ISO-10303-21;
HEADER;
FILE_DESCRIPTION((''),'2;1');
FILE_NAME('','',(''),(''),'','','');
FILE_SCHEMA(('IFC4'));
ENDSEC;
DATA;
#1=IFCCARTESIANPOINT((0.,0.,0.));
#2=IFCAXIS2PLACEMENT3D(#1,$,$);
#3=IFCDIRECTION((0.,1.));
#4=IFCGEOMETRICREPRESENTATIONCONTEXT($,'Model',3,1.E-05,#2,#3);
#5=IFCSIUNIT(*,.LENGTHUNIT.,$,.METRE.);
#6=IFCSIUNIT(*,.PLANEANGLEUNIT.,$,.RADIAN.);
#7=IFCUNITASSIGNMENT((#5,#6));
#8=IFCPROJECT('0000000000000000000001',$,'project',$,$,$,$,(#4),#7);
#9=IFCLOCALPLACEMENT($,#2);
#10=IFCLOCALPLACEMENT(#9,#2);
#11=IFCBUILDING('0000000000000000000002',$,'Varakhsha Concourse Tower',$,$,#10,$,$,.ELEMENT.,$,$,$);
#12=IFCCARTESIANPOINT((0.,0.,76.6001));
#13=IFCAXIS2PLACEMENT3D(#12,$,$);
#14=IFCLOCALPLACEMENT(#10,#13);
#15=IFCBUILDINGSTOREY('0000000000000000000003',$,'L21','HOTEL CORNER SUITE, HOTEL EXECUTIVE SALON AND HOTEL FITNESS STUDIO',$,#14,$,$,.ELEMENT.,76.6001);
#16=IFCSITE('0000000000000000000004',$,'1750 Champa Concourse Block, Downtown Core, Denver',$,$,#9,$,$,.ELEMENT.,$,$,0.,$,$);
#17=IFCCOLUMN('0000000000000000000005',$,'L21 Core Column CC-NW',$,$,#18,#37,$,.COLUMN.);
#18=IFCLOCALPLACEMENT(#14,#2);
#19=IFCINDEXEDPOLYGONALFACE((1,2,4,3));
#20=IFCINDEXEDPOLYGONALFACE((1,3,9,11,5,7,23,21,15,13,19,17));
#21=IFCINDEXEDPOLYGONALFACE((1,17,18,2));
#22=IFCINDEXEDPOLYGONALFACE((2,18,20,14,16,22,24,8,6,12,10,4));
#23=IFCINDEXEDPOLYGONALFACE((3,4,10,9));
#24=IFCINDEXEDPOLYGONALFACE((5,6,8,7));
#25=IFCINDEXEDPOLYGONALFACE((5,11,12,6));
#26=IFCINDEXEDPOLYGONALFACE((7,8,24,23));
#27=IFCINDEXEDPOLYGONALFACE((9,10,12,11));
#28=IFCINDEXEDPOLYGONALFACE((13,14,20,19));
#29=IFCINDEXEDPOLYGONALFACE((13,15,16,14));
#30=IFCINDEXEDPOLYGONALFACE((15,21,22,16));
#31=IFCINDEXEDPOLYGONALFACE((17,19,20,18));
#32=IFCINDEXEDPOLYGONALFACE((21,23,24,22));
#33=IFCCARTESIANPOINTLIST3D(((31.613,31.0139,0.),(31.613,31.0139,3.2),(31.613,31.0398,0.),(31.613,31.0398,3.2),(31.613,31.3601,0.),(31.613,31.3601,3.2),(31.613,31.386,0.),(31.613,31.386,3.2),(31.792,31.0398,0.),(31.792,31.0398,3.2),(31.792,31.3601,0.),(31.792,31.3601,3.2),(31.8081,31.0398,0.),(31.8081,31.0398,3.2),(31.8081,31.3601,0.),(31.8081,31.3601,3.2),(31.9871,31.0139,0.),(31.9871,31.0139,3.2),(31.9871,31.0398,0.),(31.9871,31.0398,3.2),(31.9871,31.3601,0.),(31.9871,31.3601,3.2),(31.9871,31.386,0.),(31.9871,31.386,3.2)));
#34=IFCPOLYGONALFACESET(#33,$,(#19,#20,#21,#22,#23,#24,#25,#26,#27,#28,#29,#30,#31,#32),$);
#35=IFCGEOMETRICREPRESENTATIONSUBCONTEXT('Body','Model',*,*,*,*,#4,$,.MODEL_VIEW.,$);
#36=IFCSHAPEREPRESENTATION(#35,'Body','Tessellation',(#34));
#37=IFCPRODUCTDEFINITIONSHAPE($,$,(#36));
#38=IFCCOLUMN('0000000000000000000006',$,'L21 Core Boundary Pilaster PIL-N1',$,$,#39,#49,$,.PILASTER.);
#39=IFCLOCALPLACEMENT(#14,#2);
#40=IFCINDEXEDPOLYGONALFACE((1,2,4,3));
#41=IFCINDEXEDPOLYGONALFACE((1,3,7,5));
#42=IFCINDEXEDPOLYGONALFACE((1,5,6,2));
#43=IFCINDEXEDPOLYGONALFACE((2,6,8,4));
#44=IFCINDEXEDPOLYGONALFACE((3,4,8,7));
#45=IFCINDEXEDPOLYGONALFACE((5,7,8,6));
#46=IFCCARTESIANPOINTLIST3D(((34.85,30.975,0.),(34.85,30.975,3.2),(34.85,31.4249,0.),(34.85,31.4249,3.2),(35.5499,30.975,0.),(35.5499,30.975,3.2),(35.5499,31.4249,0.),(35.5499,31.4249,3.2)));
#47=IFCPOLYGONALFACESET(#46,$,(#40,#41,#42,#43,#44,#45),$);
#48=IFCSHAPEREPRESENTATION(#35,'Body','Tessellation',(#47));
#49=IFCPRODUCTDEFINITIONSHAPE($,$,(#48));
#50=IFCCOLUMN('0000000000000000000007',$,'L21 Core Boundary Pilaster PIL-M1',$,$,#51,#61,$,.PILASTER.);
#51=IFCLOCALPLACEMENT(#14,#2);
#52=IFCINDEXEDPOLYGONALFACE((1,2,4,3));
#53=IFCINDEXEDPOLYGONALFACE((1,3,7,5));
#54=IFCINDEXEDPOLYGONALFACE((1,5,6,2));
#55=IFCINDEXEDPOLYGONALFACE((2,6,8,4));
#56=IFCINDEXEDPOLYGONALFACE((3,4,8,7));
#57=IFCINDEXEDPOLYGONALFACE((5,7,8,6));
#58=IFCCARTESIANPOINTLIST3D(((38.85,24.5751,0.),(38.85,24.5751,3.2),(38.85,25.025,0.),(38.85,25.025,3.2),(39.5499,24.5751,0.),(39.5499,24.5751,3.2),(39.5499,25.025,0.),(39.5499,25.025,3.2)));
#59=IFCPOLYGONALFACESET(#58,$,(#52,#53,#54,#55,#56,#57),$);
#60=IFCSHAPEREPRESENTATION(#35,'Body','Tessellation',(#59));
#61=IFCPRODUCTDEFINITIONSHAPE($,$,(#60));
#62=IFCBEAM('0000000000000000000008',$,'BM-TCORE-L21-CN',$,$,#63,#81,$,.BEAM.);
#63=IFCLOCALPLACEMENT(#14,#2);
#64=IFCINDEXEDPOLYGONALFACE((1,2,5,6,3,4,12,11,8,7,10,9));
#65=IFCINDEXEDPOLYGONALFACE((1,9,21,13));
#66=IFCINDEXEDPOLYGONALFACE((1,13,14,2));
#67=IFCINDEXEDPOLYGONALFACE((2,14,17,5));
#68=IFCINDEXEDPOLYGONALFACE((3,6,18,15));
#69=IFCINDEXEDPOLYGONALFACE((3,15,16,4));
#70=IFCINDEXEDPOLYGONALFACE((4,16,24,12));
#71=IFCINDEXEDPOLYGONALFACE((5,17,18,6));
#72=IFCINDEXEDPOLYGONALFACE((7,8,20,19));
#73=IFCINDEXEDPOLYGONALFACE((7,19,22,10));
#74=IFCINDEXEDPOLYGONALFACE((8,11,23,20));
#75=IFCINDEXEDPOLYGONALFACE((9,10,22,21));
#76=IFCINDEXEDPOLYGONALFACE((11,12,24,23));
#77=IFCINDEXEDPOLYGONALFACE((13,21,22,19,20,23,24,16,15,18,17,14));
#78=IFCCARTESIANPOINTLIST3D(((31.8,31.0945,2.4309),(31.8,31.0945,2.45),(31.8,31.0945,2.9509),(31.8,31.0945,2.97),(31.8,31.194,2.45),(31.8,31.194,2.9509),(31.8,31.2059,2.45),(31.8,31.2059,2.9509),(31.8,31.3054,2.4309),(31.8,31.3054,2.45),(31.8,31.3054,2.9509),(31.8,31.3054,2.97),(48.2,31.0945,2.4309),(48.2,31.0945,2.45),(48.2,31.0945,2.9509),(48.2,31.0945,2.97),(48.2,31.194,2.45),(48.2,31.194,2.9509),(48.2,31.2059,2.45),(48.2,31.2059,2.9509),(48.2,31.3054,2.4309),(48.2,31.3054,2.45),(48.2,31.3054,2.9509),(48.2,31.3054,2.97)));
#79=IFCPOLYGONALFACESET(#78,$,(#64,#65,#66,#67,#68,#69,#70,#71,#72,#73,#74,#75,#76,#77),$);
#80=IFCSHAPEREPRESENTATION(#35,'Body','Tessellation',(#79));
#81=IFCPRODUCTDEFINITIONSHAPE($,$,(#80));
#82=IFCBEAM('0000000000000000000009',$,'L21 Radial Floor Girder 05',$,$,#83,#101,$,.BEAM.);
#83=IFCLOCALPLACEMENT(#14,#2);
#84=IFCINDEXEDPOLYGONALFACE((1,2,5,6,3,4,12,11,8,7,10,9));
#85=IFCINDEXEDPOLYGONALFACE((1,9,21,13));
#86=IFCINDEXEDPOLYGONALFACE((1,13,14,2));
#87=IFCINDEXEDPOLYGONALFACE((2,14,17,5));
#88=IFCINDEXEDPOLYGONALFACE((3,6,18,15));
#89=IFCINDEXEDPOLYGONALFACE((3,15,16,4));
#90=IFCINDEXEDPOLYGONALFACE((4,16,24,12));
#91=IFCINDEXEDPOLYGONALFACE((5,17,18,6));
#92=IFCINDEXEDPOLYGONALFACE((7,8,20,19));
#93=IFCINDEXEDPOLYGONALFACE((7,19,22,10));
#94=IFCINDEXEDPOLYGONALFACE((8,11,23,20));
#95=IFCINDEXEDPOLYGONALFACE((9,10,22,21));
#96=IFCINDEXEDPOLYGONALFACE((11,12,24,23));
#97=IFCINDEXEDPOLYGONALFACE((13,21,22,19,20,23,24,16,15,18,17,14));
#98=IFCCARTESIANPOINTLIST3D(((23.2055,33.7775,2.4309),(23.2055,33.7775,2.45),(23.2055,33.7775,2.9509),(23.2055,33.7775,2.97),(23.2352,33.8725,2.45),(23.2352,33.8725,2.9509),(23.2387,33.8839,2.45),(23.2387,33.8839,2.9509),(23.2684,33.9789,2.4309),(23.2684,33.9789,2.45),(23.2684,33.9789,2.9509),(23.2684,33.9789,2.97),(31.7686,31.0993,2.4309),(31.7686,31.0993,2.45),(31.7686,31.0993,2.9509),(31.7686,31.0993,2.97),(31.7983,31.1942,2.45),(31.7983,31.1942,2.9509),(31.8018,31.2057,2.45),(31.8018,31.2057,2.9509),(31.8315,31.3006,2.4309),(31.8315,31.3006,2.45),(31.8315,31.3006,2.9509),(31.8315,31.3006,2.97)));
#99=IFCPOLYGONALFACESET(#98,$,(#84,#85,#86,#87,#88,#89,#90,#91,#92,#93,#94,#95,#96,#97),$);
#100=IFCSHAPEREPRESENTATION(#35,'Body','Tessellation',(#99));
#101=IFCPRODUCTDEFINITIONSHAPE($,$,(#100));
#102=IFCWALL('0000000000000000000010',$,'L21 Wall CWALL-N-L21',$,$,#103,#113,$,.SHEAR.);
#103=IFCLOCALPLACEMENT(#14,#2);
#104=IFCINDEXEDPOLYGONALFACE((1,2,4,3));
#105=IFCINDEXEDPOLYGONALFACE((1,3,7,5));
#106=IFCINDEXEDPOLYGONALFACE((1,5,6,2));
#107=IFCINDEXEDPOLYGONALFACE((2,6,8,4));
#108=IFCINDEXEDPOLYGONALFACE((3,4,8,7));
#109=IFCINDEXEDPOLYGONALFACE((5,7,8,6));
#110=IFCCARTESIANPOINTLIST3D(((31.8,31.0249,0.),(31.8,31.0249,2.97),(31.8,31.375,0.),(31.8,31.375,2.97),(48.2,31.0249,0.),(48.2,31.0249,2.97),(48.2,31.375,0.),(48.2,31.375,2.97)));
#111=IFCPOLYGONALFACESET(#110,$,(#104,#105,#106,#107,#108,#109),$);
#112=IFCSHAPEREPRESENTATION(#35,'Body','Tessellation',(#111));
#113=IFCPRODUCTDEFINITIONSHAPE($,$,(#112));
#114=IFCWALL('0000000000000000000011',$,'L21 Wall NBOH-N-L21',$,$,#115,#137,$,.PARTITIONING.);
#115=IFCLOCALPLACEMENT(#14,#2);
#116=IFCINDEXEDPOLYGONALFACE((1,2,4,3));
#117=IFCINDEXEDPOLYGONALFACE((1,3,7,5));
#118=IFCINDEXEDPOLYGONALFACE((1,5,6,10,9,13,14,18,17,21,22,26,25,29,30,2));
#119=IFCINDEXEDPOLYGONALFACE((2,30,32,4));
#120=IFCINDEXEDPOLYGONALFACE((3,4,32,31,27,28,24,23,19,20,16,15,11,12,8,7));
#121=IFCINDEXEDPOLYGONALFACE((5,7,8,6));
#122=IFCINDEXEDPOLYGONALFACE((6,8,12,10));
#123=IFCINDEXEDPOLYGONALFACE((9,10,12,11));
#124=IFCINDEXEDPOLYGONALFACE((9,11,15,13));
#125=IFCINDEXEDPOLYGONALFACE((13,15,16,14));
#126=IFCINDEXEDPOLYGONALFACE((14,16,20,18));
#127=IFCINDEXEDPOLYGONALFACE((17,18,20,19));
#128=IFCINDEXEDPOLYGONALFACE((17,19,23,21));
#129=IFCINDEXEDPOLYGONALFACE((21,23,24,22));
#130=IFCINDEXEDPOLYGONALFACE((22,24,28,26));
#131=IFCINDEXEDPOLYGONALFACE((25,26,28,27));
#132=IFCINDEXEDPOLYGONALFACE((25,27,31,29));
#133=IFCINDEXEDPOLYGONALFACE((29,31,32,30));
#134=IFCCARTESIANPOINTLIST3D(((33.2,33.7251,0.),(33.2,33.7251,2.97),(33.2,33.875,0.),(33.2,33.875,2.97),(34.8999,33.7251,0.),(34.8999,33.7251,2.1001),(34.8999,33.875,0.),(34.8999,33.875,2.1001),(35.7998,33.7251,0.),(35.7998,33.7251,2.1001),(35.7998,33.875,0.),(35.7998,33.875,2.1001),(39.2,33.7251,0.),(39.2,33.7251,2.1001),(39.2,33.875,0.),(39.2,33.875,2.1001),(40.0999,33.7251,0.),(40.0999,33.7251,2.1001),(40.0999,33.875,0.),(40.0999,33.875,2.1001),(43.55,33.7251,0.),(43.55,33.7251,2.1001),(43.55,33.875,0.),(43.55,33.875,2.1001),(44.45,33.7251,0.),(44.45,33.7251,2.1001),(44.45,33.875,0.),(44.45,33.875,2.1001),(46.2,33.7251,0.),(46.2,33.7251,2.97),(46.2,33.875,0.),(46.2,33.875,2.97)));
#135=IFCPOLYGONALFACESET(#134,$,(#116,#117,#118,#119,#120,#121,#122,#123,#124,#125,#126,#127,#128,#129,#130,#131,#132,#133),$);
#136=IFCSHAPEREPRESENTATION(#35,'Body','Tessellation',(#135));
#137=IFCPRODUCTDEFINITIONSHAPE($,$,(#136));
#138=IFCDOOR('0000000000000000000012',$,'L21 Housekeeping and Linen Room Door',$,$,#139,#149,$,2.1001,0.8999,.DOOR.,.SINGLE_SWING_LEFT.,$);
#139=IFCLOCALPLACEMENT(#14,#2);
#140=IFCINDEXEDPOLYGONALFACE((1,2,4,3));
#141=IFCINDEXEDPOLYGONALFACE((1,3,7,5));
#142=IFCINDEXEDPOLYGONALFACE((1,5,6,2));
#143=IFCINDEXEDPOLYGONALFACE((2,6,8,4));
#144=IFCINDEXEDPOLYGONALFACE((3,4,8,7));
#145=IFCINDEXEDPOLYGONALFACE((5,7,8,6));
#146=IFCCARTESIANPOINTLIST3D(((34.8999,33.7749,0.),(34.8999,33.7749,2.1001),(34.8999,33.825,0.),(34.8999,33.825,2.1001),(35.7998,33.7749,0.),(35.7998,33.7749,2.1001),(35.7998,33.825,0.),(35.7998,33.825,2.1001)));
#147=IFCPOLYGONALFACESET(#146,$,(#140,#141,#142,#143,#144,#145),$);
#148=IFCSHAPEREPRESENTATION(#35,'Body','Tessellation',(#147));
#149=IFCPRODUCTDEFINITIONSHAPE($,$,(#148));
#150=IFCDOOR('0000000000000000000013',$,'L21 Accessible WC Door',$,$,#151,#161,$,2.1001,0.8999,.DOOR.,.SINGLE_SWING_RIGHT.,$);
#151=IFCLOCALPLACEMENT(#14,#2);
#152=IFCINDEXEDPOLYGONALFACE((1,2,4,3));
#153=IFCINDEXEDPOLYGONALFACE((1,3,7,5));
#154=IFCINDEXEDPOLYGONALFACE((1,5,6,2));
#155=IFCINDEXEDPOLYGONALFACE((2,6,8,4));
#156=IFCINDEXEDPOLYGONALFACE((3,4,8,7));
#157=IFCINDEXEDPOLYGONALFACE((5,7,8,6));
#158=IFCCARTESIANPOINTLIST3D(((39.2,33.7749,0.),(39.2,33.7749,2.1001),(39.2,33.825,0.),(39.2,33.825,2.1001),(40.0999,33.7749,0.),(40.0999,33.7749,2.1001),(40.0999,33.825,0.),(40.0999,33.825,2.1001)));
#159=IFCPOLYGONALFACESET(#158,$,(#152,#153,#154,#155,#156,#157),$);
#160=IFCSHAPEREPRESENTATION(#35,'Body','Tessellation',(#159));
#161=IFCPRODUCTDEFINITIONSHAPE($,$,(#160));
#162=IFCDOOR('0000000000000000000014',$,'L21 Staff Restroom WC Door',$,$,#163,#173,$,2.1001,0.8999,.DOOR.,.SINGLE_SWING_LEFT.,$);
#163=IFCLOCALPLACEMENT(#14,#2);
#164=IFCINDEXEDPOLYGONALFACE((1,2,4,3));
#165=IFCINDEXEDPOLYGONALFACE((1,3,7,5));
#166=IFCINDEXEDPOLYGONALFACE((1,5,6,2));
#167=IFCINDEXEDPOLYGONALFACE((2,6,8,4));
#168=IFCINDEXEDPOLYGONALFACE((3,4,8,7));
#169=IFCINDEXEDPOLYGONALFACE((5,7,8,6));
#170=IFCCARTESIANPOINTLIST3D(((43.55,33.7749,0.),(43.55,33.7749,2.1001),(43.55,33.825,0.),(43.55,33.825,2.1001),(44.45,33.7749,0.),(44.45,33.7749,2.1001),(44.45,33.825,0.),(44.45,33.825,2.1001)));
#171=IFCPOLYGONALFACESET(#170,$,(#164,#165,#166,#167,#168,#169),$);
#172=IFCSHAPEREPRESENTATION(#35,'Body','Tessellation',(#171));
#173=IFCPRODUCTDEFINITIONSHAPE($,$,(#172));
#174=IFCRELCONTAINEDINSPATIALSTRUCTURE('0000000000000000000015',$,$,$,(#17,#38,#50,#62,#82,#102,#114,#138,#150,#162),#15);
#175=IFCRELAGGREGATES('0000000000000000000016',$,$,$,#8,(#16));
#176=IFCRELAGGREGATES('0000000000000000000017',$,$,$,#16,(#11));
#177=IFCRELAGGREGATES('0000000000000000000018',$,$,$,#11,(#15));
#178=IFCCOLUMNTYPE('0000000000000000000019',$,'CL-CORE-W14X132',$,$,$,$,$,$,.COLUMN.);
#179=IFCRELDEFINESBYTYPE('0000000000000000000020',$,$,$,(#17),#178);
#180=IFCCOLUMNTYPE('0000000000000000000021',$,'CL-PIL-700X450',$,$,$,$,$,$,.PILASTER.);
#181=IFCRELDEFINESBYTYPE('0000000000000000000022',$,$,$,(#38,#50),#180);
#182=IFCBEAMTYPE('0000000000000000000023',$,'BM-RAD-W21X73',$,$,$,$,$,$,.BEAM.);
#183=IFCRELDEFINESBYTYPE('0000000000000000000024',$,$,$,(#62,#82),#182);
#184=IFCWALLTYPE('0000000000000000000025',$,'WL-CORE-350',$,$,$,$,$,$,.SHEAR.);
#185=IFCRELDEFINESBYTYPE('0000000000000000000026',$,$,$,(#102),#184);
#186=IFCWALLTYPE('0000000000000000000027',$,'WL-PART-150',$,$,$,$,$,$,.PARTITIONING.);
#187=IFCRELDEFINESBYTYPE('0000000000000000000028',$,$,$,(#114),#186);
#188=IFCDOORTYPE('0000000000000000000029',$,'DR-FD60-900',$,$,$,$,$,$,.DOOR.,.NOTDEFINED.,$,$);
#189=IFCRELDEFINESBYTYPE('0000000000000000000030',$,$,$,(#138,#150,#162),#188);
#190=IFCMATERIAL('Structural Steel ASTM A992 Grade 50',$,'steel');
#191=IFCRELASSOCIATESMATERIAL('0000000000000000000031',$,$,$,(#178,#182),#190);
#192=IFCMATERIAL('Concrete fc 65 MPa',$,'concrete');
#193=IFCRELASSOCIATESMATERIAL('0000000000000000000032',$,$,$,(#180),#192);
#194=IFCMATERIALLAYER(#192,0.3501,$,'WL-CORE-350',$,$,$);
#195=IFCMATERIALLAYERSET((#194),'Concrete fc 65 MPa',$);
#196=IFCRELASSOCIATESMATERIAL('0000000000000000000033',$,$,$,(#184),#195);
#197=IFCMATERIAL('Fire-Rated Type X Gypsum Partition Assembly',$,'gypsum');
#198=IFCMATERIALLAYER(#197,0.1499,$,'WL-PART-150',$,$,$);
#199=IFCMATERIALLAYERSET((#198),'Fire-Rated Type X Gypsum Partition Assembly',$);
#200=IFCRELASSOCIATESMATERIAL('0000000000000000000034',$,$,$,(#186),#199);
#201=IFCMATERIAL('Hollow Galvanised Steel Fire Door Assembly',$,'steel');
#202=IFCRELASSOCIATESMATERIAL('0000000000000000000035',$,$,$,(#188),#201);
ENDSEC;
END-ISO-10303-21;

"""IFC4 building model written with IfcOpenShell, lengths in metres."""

from ifc_helpers import new_model, si_unit, direction, frame, frame_2d, origin, origin_2d, place, context, subcontext, project, spatial, rectangle, i_section, extrude, material, layer, layer_set, material_profile, profile_set, type_object, element, fill, save


model = new_model("IFC4")

# Units and contexts
model_context = context("Model", 3, precision=1e-05, world=origin(), true_north=direction((0.0, 1.0)))
body_context = subcontext(model_context, "Body", "Model", "MODEL_VIEW")
ifc_project = project(units=[si_unit("LENGTHUNIT", "METRE"), si_unit("PLANEANGLEUNIT", "RADIAN")], contexts=[model_context])

# Site, building, storey
site_placement = place(None, origin())
site = spatial("IfcSite", under=ifc_project, at=site_placement, Name="1750 Champa Concourse Block, Downtown Core, Denver", CompositionType="ELEMENT", RefElevation=0.0)
building_placement = place(site_placement, origin())
building = spatial("IfcBuilding", under=site, at=building_placement, Name="Varakhsha Concourse Tower", CompositionType="ELEMENT")
storey_placement = place(building_placement, frame((0.0, 0.0, 76.6001)))
storey = spatial("IfcBuildingStorey", under=building, at=storey_placement, Name="L21", Description="HOTEL CORNER SUITE, HOTEL EXECUTIVE SALON AND HOTEL FITNESS STUDIO", CompositionType="ELEMENT", Elevation=76.6001)

# Columns
ifc_material_1 = material(Name="Structural Steel ASTM A992 Grade 50", Category="steel")
ifc_material_profile_1 = material_profile(ifc_material_1, i_section(OverallWidth=0.374, OverallDepth=0.3721, WebThickness=0.0161, FlangeThickness=0.0259, at=origin_2d()), Name="W14X132")
ifc_profile_set_1 = profile_set([ifc_material_profile_1], Name="Structural Steel ASTM A992 Grade 50")
column_type_1 = type_object("IfcColumnType", Name="CL-CORE-W14X132", PredefinedType="COLUMN", material=ifc_profile_set_1)
column_placement = place(storey_placement, frame((31.8, 31.2, 0.0), z_axis=(0.0, 0.0, 1.0), x_axis=(1.0, 0.0, 0.0)))
element("IfcColumn", 1, at=column_placement, inside=storey, type_object=column_type_1, Name="L21 Core Column CC-NW", PredefinedType="COLUMN", context=body_context, shape_type="SweptSolid", body=[
    extrude(i_section(OverallWidth=0.374, OverallDepth=0.3721, WebThickness=0.0161, FlangeThickness=0.0259, at=origin_2d()), origin(), (0.0, 0.0, 1.0), 3.2),
])
ifc_material_2 = material(Name="Concrete fc 65 MPa", Category="concrete")
ifc_material_profile_2 = material_profile(ifc_material_2, rectangle(XDim=0.7, YDim=0.45, at=origin_2d()), Name="RC 700x450")
ifc_profile_set_2 = profile_set([ifc_material_profile_2], Name="Concrete fc 65 MPa")
column_type_2 = type_object("IfcColumnType", Name="CL-PIL-700X450", PredefinedType="PILASTER", material=ifc_profile_set_2)
for number, where, z_axis, x_axis, name in (
    (2, (35.2, 31.2, 0.0), (0.0, 0.0, 1.0), (1.0, 0.0, 0.0), "L21 Core Boundary Pilaster PIL-N1"),
    (3, (39.2, 24.8, 0.0), (0.0, 0.0, 1.0), (1.0, 0.0, 0.0), "L21 Core Boundary Pilaster PIL-M1"),
):
    element("IfcColumn", number, at=place(storey_placement, frame(where, z_axis=z_axis, x_axis=x_axis)), inside=storey, type_object=column_type_2, Name=name, PredefinedType="PILASTER", context=body_context, shape_type="SweptSolid", body=[
        extrude(rectangle(XDim=0.7, YDim=0.45, at=origin_2d()), origin(), (0.0, 0.0, 1.0), 3.2),
    ])

# Beams
ifc_material_profile_3 = material_profile(ifc_material_1, i_section(OverallWidth=0.2109, OverallDepth=0.5391, WebThickness=0.012, FlangeThickness=0.019, at=origin_2d()), Name="W21X73")
ifc_profile_set_3 = profile_set([ifc_material_profile_3], Name="Structural Steel ASTM A992 Grade 50")
beam_type = type_object("IfcBeamType", Name="BM-RAD-W21X73", PredefinedType="BEAM", material=ifc_profile_set_3)
beam_1_placement = place(storey_placement, frame((31.8, 31.2, 2.7004), z_axis=(1.0, 0.0, 0.0), x_axis=(0.0, 1.0, 0.0)))
element("IfcBeam", 4, at=beam_1_placement, inside=storey, type_object=beam_type, Name="BM-TCORE-L21-CN", PredefinedType="BEAM", context=body_context, shape_type="SweptSolid", body=[
    extrude(i_section(OverallWidth=0.2109, OverallDepth=0.5391, WebThickness=0.012, FlangeThickness=0.019, at=origin_2d()), origin(), (0.0, 0.0, 1.0), 16.3999),
])
beam_2_placement = place(storey_placement, frame((31.8, 31.2, 2.7004), z_axis=(-0.954407, 0.298507, 0.0), x_axis=(-0.298507, -0.954407, 0.0)))
element("IfcBeam", 5, at=beam_2_placement, inside=storey, type_object=beam_type, Name="L21 Radial Floor Girder 05", PredefinedType="BEAM", context=body_context, shape_type="SweptSolid", body=[
    extrude(i_section(OverallWidth=0.2109, OverallDepth=0.5391, WebThickness=0.012, FlangeThickness=0.019, at=origin_2d()), origin(), (0.0, 0.0, 1.0), 8.9722),
])

# Wall
ifc_layer_1 = layer(ifc_material_2, 0.3501, Name="WL-CORE-350")
ifc_layer_set_1 = layer_set([ifc_layer_1], Name="Concrete fc 65 MPa")
wall_type_1 = type_object("IfcWallType", Name="WL-CORE-350", PredefinedType="SHEAR", material=ifc_layer_set_1)
wall_1_placement = place(storey_placement, frame((31.8, 31.2, 0.0), z_axis=(0.0, 0.0, 1.0), x_axis=(1.0, 0.0, 0.0)))
element("IfcWall", 6, at=wall_1_placement, inside=storey, type_object=wall_type_1, Name="L21 Wall CWALL-N-L21", PredefinedType="SHEAR", context=body_context, shape_type="SweptSolid", body=[
    extrude(rectangle(XDim=16.3999, YDim=0.3501, at=frame_2d((8.2, 0.0))), origin(), (0.0, 0.0, 1.0), 2.97),
])

# Wall, openings, doors
ifc_material_3 = material(Name="Fire-Rated Type X Gypsum Partition Assembly", Category="gypsum")
ifc_layer_2 = layer(ifc_material_3, 0.1499, Name="WL-PART-150")
ifc_layer_set_2 = layer_set([ifc_layer_2], Name="Fire-Rated Type X Gypsum Partition Assembly")
wall_type_2 = type_object("IfcWallType", Name="WL-PART-150", PredefinedType="PARTITIONING", material=ifc_layer_set_2)
wall_2_placement = place(storey_placement, frame((33.2, 33.8, 0.0), z_axis=(0.0, 0.0, 1.0), x_axis=(1.0, 0.0, 0.0)))
wall_2 = element("IfcWall", 7, at=wall_2_placement, inside=storey, type_object=wall_type_2, Name="L21 Wall NBOH-N-L21", PredefinedType="PARTITIONING", context=body_context, shape_type="SweptSolid", body=[
    extrude(rectangle(XDim=13.0, YDim=0.1499, at=frame_2d((6.5, 0.0))), origin(), (0.0, 0.0, 1.0), 2.97),
])
opening_1_placement = place(wall_2_placement, frame((1.7, 0.0, 0.0)))
opening_1 = element("IfcOpeningElement", 8, at=opening_1_placement, cuts=wall_2, PredefinedType="OPENING", context=body_context, shape_type="SweptSolid", body=[
    extrude(rectangle(XDim=0.8999, YDim=2.1001, at=frame_2d((0.45, 1.05))), frame((0.0, 0.085, 0.0), z_axis=(0.0, -1.0, 0.0), x_axis=(1.0, 0.0, 0.0)), (0.0, 0.0, 1.0), 0.1699),
])
opening_2_placement = place(wall_2_placement, frame((6.0, 0.0, 0.0)))
opening_2 = element("IfcOpeningElement", 9, at=opening_2_placement, cuts=wall_2, PredefinedType="OPENING", context=body_context, shape_type="SweptSolid", body=[
    extrude(rectangle(XDim=0.8999, YDim=2.1001, at=frame_2d((0.45, 1.05))), frame((0.0, 0.085, 0.0), z_axis=(0.0, -1.0, 0.0), x_axis=(1.0, 0.0, 0.0)), (0.0, 0.0, 1.0), 0.1699),
])
opening_3_placement = place(wall_2_placement, frame((10.3501, 0.0, 0.0)))
opening_3 = element("IfcOpeningElement", 10, at=opening_3_placement, cuts=wall_2, PredefinedType="OPENING", context=body_context, shape_type="SweptSolid", body=[
    extrude(rectangle(XDim=0.8999, YDim=2.1001, at=frame_2d((0.45, 1.05))), frame((0.0, 0.085, 0.0), z_axis=(0.0, -1.0, 0.0), x_axis=(1.0, 0.0, 0.0)), (0.0, 0.0, 1.0), 0.1699),
])
ifc_material_4 = material(Name="Hollow Galvanised Steel Fire Door Assembly", Category="steel")
door_type_1 = type_object("IfcDoorType", Name="DR-FD60-900", OperationType="NOTDEFINED", PredefinedType="DOOR", material=ifc_material_4)
door_1_placement = place(opening_1_placement, origin())
door_1 = element("IfcDoor", 11, at=door_1_placement, inside=storey, type_object=door_type_1, Name="L21 Housekeeping and Linen Room Door", OperationType="SINGLE_SWING_LEFT", OverallHeight=2.1001, OverallWidth=0.8999, PredefinedType="DOOR", context=body_context, shape_type="SweptSolid", body=[
    extrude(rectangle(XDim=0.8999, YDim=2.1001, at=frame_2d((0.45, 1.05))), frame((0.0, 0.0249, 0.0), z_axis=(0.0, -1.0, 0.0), x_axis=(1.0, 0.0, 0.0)), (0.0, 0.0, 1.0), 0.05),
])
fill(opening_1, door_1)
door_2_placement = place(opening_2_placement, origin())
door_2 = element("IfcDoor", 12, at=door_2_placement, inside=storey, type_object=door_type_1, Name="L21 Accessible WC Door", OperationType="SINGLE_SWING_RIGHT", OverallHeight=2.1001, OverallWidth=0.8999, PredefinedType="DOOR", context=body_context, shape_type="SweptSolid", body=[
    extrude(rectangle(XDim=0.8999, YDim=2.1001, at=frame_2d((0.45, 1.05))), frame((0.0, 0.0249, 0.0), z_axis=(0.0, -1.0, 0.0), x_axis=(1.0, 0.0, 0.0)), (0.0, 0.0, 1.0), 0.05),
])
fill(opening_2, door_2)
door_3_placement = place(opening_3_placement, origin())
door_3 = element("IfcDoor", 13, at=door_3_placement, inside=storey, type_object=door_type_1, Name="L21 Staff Restroom WC Door", OperationType="SINGLE_SWING_LEFT", OverallHeight=2.1001, OverallWidth=0.8999, PredefinedType="DOOR", context=body_context, shape_type="SweptSolid", body=[
    extrude(rectangle(XDim=0.8999, YDim=2.1001, at=frame_2d((0.45, 1.05))), frame((0.0, 0.0249, 0.0), z_axis=(0.0, -1.0, 0.0), x_axis=(1.0, 0.0, 0.0)), (0.0, 0.0, 1.0), 0.05),
])
fill(opening_3, door_3)

save(model, "model.ifc")
